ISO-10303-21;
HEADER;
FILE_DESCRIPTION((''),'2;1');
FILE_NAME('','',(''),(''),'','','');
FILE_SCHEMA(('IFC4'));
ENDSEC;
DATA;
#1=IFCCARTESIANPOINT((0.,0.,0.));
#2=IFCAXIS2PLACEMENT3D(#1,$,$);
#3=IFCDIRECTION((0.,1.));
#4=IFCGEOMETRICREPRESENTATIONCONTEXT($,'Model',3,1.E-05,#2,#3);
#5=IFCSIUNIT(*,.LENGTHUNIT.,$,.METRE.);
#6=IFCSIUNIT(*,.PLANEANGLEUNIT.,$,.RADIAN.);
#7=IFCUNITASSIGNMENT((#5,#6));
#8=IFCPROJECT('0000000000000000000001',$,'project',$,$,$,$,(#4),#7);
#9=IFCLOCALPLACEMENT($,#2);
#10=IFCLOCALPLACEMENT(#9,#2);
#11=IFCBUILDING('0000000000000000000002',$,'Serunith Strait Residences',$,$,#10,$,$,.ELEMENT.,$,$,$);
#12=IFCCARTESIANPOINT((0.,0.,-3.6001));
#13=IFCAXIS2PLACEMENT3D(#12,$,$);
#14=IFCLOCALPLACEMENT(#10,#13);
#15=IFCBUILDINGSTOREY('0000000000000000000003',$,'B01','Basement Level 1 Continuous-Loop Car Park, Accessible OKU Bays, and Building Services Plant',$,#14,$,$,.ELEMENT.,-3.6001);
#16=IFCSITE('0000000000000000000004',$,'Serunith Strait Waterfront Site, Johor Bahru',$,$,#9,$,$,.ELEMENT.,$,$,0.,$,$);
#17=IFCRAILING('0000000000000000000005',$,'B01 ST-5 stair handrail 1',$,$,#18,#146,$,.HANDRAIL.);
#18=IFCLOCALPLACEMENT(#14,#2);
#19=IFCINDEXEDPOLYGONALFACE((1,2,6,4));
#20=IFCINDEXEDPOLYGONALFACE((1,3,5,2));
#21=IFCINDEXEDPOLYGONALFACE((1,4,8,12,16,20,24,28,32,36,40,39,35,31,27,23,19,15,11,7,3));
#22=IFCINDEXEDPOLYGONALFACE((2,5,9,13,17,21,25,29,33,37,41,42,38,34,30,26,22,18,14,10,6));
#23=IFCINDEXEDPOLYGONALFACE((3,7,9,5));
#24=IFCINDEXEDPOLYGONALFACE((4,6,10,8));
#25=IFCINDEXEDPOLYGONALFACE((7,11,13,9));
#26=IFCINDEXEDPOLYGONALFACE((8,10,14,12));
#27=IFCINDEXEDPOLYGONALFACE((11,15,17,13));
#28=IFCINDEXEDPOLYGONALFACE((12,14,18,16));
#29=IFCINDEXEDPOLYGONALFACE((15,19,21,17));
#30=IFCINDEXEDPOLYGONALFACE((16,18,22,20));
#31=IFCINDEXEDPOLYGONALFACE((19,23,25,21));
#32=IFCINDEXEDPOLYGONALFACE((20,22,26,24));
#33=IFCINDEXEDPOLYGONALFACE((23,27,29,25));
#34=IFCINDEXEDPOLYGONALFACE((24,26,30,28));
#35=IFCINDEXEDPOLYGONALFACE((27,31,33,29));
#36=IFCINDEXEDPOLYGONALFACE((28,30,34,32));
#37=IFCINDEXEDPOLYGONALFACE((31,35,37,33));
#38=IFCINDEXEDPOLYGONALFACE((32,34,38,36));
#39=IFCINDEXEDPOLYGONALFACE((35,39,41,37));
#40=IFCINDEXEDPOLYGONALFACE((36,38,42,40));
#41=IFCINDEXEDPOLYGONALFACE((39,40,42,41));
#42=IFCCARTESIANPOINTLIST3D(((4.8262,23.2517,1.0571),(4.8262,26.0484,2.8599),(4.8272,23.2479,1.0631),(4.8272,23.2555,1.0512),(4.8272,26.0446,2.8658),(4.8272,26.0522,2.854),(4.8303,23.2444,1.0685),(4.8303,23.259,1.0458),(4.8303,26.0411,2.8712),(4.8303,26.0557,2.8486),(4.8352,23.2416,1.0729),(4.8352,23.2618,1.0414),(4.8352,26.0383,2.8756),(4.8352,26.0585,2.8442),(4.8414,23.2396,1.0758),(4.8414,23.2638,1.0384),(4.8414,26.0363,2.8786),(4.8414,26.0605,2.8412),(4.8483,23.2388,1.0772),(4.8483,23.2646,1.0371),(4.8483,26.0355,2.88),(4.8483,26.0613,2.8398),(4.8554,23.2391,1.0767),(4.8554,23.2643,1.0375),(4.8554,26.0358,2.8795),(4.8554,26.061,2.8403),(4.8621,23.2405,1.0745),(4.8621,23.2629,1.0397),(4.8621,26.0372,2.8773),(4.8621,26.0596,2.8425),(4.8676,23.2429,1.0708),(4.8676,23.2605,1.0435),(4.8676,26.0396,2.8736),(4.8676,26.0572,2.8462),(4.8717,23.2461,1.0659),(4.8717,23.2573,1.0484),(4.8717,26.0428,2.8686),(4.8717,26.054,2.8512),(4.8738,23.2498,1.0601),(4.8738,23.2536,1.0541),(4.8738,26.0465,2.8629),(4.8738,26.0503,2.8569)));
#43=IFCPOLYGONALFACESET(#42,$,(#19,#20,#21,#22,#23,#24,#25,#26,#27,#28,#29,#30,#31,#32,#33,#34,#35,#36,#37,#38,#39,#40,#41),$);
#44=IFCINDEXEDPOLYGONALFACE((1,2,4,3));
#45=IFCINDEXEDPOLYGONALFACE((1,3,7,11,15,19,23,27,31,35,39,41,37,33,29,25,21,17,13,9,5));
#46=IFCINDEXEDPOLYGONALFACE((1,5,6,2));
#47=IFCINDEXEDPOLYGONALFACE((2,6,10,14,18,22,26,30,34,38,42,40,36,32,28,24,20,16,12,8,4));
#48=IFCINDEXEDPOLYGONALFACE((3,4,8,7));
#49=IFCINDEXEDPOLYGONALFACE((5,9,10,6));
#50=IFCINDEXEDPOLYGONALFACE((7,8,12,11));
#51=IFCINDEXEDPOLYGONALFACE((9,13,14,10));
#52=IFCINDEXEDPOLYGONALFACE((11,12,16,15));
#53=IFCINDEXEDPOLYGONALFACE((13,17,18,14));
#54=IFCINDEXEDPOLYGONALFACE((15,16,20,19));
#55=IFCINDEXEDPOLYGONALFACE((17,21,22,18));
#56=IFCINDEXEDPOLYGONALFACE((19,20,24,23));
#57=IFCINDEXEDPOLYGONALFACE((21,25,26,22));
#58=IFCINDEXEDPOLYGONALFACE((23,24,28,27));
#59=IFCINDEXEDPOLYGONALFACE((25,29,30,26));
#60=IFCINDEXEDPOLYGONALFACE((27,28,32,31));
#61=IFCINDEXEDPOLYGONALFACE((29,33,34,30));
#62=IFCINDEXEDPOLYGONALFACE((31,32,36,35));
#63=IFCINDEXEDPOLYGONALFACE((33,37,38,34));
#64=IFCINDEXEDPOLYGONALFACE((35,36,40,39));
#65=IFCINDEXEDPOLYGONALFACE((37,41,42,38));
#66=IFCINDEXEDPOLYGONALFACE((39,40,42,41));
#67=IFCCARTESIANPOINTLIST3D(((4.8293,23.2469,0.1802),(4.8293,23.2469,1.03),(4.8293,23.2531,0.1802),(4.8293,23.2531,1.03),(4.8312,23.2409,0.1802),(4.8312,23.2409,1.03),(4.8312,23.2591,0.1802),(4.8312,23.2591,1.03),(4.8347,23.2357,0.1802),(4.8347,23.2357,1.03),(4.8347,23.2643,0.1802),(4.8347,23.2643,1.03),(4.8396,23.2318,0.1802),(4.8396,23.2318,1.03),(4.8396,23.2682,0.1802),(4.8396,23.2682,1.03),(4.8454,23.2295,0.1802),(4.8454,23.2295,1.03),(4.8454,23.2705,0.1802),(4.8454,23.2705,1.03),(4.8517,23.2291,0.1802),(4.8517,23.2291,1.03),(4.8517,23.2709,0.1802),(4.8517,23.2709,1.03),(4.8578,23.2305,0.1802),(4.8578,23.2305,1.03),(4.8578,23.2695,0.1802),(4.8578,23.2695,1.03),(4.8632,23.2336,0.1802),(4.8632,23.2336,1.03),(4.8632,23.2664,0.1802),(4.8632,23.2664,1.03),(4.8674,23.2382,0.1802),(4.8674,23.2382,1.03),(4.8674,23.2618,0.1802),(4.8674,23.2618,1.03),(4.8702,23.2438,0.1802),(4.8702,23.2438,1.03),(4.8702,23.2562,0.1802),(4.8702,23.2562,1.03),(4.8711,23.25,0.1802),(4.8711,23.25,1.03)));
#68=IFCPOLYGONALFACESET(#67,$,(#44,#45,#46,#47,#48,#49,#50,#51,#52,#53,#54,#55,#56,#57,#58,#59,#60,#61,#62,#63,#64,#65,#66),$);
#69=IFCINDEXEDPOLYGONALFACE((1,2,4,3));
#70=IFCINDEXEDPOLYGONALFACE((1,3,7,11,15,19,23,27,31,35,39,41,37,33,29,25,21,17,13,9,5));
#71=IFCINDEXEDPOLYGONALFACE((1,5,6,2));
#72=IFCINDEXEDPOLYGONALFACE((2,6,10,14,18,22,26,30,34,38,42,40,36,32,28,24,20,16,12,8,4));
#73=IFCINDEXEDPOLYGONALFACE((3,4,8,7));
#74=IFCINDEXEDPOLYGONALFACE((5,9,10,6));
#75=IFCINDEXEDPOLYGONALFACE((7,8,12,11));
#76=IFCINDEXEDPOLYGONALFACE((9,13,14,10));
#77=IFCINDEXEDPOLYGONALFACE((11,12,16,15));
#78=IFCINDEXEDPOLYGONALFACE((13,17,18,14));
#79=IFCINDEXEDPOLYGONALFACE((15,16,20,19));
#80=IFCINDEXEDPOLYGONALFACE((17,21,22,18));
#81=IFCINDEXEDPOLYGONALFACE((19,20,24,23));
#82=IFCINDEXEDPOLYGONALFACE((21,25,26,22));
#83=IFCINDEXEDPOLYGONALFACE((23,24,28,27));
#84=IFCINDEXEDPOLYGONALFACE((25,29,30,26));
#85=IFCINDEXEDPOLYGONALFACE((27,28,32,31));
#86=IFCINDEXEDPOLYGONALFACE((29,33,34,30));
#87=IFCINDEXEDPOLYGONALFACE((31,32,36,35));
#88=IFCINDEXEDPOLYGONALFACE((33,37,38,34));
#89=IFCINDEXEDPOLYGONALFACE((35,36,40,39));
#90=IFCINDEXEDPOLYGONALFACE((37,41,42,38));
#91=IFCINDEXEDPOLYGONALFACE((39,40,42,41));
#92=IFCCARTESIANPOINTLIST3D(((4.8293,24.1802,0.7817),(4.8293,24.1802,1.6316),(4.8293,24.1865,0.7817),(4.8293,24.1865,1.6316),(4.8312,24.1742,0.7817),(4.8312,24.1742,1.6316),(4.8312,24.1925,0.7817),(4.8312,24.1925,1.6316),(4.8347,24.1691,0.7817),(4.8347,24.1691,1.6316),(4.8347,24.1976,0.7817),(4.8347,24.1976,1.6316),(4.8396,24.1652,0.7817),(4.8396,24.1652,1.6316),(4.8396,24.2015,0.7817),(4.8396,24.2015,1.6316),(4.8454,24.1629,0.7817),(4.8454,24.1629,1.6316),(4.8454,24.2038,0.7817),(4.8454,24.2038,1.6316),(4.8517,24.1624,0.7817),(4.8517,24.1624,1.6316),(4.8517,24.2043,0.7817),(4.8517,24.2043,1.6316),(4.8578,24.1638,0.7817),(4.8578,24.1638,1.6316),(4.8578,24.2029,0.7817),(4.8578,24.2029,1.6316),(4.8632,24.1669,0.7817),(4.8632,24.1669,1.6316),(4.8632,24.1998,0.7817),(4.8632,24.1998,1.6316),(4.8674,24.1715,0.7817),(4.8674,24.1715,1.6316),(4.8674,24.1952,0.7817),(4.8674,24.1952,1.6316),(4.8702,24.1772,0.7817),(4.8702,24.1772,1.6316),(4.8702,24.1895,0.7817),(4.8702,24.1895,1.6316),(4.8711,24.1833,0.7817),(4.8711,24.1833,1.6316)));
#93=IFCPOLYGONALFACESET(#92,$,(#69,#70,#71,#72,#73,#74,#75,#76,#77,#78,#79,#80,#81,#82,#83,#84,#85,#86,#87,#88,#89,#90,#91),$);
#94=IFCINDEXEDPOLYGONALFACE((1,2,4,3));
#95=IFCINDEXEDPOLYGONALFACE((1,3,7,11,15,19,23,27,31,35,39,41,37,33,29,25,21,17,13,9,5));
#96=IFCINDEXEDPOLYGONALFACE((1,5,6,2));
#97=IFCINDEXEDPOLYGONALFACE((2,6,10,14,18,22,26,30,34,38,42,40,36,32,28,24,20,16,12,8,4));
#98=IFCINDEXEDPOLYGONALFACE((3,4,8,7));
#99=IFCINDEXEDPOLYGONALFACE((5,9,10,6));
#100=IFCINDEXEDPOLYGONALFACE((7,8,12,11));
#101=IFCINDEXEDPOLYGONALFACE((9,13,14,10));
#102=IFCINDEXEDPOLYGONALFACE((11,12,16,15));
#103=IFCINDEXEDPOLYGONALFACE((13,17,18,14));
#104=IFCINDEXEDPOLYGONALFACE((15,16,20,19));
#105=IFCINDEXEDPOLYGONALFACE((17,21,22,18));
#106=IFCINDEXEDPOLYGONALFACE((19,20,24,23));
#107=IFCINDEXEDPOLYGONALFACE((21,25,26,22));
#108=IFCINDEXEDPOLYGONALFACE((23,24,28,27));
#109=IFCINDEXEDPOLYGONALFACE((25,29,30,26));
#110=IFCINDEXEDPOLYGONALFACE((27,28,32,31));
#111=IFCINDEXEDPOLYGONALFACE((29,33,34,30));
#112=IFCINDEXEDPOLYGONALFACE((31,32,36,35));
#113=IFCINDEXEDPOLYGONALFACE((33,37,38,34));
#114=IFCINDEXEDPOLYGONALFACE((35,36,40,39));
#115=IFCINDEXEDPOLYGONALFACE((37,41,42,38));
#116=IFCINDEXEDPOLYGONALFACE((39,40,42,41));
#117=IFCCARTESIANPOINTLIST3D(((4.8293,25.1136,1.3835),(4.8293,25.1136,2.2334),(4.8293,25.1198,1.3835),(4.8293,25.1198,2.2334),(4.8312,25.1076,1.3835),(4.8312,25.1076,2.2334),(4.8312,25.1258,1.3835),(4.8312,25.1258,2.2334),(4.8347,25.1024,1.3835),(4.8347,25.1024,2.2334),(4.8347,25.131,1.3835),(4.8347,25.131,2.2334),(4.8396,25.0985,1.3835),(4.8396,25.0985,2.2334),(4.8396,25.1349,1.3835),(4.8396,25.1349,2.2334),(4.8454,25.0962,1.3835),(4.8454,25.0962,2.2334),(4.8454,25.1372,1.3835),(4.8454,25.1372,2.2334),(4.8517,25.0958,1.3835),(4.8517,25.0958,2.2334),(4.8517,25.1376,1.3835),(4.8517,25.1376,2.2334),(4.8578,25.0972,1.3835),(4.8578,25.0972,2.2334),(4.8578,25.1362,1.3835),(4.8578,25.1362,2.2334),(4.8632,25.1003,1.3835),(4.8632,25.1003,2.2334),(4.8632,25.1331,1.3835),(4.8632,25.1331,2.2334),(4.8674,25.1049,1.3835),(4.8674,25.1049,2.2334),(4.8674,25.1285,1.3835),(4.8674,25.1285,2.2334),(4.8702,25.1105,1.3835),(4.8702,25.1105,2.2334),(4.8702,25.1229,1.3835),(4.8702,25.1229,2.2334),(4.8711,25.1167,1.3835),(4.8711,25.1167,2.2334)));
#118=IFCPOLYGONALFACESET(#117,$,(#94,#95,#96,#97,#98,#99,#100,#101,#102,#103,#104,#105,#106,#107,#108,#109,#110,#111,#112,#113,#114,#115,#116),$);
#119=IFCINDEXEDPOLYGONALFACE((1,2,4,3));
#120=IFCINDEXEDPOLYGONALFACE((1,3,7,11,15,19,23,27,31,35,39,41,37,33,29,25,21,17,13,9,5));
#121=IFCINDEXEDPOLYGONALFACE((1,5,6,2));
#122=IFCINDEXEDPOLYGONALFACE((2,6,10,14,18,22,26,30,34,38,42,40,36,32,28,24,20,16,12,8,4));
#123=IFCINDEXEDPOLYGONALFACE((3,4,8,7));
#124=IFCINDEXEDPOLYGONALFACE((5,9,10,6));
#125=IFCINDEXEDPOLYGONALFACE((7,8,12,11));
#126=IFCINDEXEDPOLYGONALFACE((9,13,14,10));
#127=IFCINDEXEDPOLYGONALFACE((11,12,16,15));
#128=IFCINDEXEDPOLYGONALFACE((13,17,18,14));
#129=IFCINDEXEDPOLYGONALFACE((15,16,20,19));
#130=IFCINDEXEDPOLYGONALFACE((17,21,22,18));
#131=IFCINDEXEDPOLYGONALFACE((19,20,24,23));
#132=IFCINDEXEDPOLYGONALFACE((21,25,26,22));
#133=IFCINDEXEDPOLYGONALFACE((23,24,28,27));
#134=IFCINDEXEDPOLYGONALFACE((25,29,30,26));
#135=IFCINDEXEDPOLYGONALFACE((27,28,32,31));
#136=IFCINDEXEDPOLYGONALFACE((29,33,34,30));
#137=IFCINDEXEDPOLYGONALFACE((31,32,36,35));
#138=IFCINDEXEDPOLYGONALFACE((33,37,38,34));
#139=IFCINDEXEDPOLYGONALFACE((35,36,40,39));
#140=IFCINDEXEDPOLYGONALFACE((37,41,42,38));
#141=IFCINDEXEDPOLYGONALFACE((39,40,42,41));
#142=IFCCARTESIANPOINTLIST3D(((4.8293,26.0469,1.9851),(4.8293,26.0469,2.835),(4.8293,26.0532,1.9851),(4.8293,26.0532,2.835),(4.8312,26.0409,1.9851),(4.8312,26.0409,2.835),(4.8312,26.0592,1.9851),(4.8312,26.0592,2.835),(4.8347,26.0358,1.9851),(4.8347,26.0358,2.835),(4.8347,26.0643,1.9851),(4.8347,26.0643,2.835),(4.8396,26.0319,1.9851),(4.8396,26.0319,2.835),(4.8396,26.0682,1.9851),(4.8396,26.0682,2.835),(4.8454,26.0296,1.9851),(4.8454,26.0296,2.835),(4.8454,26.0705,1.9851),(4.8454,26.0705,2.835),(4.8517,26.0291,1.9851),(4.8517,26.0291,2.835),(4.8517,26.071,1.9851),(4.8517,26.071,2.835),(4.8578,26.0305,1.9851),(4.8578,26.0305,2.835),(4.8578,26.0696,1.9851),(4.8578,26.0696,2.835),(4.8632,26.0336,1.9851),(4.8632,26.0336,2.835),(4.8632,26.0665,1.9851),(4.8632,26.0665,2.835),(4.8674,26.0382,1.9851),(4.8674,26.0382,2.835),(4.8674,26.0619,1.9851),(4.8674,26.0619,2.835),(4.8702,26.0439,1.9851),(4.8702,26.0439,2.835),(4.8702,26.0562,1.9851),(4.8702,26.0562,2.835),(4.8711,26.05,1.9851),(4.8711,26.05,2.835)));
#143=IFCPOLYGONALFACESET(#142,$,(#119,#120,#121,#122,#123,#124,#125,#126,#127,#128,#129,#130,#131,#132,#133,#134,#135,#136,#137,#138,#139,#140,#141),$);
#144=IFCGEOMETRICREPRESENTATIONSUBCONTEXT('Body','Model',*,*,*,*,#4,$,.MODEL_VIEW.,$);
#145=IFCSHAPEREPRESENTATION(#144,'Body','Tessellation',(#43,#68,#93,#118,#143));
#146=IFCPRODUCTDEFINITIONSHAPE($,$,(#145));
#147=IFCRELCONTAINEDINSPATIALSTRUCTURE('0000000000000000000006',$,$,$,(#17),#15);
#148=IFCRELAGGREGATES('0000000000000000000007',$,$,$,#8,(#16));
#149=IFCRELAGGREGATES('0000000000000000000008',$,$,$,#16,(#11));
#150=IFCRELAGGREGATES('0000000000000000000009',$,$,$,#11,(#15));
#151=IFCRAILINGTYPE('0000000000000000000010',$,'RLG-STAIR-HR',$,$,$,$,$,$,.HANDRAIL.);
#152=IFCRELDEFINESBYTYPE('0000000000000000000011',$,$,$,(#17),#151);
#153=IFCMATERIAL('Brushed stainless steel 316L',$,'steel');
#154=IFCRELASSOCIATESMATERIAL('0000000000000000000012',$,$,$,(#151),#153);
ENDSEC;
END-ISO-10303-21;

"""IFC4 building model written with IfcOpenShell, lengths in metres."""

from ifc_helpers import new_model, si_unit, direction, frame, origin, origin_2d, place, context, subcontext, project, spatial, circle, extrude, material, type_object, element, save


model = new_model("IFC4")

# Units and contexts
model_context = context("Model", 3, precision=1e-05, world=origin(), true_north=direction((0.0, 1.0)))
body_context = subcontext(model_context, "Body", "Model", "MODEL_VIEW")
ifc_project = project(units=[si_unit("LENGTHUNIT", "METRE"), si_unit("PLANEANGLEUNIT", "RADIAN")], contexts=[model_context])

# Site, building, storey
site_placement = place(None, origin())
site = spatial("IfcSite", under=ifc_project, at=site_placement, Name="Serunith Strait Waterfront Site, Johor Bahru", CompositionType="ELEMENT", RefElevation=0.0)
building_placement = place(site_placement, origin())
building = spatial("IfcBuilding", under=site, at=building_placement, Name="Serunith Strait Residences", CompositionType="ELEMENT")
storey_placement = place(building_placement, frame((0.0, 0.0, -3.6001)))
storey = spatial("IfcBuildingStorey", under=building, at=storey_placement, Name="B01", Description="Basement Level 1 Continuous-Loop Car Park, Accessible OKU Bays, and Building Services Plant", CompositionType="ELEMENT", Elevation=-3.6001)

# Railing
ifc_material_1 = material(Name="Brushed stainless steel 316L", Category="steel")
railing_type_1 = type_object("IfcRailingType", Name="RLG-STAIR-HR", PredefinedType="HANDRAIL", material=ifc_material_1)
railing_1_placement = place(storey_placement, frame((4.8501, 23.25, 0.1802)))
element("IfcRailing", 1, at=railing_1_placement, inside=storey, type_object=railing_type_1, Name="B01 ST-5 stair handrail 1", PredefinedType="HANDRAIL", context=body_context, shape_type="SweptSolid", body=[
    extrude(circle(Radius=0.0239, at=origin_2d()), frame((0.0, 0.0017, 0.877), z_axis=(0.0, 0.840509, 0.541798), x_axis=(-1.0, 0.0, 0.0)), (0.0, 0.0, 1.0), 3.3274),
    extrude(circle(Radius=0.021, at=origin_2d()), origin(), (0.0, 0.0, 1.0), 0.8499),
    extrude(circle(Radius=0.021, at=origin_2d()), frame((0.0, 0.9333, 0.6016)), (0.0, 0.0, 1.0), 0.8499),
    extrude(circle(Radius=0.021, at=origin_2d()), frame((0.0, 1.8667, 1.2034)), (0.0, 0.0, 1.0), 0.8499),
    extrude(circle(Radius=0.021, at=origin_2d()), frame((0.0, 2.8, 1.8049)), (0.0, 0.0, 1.0), 0.8499),
])

save(model, "model.ifc")
